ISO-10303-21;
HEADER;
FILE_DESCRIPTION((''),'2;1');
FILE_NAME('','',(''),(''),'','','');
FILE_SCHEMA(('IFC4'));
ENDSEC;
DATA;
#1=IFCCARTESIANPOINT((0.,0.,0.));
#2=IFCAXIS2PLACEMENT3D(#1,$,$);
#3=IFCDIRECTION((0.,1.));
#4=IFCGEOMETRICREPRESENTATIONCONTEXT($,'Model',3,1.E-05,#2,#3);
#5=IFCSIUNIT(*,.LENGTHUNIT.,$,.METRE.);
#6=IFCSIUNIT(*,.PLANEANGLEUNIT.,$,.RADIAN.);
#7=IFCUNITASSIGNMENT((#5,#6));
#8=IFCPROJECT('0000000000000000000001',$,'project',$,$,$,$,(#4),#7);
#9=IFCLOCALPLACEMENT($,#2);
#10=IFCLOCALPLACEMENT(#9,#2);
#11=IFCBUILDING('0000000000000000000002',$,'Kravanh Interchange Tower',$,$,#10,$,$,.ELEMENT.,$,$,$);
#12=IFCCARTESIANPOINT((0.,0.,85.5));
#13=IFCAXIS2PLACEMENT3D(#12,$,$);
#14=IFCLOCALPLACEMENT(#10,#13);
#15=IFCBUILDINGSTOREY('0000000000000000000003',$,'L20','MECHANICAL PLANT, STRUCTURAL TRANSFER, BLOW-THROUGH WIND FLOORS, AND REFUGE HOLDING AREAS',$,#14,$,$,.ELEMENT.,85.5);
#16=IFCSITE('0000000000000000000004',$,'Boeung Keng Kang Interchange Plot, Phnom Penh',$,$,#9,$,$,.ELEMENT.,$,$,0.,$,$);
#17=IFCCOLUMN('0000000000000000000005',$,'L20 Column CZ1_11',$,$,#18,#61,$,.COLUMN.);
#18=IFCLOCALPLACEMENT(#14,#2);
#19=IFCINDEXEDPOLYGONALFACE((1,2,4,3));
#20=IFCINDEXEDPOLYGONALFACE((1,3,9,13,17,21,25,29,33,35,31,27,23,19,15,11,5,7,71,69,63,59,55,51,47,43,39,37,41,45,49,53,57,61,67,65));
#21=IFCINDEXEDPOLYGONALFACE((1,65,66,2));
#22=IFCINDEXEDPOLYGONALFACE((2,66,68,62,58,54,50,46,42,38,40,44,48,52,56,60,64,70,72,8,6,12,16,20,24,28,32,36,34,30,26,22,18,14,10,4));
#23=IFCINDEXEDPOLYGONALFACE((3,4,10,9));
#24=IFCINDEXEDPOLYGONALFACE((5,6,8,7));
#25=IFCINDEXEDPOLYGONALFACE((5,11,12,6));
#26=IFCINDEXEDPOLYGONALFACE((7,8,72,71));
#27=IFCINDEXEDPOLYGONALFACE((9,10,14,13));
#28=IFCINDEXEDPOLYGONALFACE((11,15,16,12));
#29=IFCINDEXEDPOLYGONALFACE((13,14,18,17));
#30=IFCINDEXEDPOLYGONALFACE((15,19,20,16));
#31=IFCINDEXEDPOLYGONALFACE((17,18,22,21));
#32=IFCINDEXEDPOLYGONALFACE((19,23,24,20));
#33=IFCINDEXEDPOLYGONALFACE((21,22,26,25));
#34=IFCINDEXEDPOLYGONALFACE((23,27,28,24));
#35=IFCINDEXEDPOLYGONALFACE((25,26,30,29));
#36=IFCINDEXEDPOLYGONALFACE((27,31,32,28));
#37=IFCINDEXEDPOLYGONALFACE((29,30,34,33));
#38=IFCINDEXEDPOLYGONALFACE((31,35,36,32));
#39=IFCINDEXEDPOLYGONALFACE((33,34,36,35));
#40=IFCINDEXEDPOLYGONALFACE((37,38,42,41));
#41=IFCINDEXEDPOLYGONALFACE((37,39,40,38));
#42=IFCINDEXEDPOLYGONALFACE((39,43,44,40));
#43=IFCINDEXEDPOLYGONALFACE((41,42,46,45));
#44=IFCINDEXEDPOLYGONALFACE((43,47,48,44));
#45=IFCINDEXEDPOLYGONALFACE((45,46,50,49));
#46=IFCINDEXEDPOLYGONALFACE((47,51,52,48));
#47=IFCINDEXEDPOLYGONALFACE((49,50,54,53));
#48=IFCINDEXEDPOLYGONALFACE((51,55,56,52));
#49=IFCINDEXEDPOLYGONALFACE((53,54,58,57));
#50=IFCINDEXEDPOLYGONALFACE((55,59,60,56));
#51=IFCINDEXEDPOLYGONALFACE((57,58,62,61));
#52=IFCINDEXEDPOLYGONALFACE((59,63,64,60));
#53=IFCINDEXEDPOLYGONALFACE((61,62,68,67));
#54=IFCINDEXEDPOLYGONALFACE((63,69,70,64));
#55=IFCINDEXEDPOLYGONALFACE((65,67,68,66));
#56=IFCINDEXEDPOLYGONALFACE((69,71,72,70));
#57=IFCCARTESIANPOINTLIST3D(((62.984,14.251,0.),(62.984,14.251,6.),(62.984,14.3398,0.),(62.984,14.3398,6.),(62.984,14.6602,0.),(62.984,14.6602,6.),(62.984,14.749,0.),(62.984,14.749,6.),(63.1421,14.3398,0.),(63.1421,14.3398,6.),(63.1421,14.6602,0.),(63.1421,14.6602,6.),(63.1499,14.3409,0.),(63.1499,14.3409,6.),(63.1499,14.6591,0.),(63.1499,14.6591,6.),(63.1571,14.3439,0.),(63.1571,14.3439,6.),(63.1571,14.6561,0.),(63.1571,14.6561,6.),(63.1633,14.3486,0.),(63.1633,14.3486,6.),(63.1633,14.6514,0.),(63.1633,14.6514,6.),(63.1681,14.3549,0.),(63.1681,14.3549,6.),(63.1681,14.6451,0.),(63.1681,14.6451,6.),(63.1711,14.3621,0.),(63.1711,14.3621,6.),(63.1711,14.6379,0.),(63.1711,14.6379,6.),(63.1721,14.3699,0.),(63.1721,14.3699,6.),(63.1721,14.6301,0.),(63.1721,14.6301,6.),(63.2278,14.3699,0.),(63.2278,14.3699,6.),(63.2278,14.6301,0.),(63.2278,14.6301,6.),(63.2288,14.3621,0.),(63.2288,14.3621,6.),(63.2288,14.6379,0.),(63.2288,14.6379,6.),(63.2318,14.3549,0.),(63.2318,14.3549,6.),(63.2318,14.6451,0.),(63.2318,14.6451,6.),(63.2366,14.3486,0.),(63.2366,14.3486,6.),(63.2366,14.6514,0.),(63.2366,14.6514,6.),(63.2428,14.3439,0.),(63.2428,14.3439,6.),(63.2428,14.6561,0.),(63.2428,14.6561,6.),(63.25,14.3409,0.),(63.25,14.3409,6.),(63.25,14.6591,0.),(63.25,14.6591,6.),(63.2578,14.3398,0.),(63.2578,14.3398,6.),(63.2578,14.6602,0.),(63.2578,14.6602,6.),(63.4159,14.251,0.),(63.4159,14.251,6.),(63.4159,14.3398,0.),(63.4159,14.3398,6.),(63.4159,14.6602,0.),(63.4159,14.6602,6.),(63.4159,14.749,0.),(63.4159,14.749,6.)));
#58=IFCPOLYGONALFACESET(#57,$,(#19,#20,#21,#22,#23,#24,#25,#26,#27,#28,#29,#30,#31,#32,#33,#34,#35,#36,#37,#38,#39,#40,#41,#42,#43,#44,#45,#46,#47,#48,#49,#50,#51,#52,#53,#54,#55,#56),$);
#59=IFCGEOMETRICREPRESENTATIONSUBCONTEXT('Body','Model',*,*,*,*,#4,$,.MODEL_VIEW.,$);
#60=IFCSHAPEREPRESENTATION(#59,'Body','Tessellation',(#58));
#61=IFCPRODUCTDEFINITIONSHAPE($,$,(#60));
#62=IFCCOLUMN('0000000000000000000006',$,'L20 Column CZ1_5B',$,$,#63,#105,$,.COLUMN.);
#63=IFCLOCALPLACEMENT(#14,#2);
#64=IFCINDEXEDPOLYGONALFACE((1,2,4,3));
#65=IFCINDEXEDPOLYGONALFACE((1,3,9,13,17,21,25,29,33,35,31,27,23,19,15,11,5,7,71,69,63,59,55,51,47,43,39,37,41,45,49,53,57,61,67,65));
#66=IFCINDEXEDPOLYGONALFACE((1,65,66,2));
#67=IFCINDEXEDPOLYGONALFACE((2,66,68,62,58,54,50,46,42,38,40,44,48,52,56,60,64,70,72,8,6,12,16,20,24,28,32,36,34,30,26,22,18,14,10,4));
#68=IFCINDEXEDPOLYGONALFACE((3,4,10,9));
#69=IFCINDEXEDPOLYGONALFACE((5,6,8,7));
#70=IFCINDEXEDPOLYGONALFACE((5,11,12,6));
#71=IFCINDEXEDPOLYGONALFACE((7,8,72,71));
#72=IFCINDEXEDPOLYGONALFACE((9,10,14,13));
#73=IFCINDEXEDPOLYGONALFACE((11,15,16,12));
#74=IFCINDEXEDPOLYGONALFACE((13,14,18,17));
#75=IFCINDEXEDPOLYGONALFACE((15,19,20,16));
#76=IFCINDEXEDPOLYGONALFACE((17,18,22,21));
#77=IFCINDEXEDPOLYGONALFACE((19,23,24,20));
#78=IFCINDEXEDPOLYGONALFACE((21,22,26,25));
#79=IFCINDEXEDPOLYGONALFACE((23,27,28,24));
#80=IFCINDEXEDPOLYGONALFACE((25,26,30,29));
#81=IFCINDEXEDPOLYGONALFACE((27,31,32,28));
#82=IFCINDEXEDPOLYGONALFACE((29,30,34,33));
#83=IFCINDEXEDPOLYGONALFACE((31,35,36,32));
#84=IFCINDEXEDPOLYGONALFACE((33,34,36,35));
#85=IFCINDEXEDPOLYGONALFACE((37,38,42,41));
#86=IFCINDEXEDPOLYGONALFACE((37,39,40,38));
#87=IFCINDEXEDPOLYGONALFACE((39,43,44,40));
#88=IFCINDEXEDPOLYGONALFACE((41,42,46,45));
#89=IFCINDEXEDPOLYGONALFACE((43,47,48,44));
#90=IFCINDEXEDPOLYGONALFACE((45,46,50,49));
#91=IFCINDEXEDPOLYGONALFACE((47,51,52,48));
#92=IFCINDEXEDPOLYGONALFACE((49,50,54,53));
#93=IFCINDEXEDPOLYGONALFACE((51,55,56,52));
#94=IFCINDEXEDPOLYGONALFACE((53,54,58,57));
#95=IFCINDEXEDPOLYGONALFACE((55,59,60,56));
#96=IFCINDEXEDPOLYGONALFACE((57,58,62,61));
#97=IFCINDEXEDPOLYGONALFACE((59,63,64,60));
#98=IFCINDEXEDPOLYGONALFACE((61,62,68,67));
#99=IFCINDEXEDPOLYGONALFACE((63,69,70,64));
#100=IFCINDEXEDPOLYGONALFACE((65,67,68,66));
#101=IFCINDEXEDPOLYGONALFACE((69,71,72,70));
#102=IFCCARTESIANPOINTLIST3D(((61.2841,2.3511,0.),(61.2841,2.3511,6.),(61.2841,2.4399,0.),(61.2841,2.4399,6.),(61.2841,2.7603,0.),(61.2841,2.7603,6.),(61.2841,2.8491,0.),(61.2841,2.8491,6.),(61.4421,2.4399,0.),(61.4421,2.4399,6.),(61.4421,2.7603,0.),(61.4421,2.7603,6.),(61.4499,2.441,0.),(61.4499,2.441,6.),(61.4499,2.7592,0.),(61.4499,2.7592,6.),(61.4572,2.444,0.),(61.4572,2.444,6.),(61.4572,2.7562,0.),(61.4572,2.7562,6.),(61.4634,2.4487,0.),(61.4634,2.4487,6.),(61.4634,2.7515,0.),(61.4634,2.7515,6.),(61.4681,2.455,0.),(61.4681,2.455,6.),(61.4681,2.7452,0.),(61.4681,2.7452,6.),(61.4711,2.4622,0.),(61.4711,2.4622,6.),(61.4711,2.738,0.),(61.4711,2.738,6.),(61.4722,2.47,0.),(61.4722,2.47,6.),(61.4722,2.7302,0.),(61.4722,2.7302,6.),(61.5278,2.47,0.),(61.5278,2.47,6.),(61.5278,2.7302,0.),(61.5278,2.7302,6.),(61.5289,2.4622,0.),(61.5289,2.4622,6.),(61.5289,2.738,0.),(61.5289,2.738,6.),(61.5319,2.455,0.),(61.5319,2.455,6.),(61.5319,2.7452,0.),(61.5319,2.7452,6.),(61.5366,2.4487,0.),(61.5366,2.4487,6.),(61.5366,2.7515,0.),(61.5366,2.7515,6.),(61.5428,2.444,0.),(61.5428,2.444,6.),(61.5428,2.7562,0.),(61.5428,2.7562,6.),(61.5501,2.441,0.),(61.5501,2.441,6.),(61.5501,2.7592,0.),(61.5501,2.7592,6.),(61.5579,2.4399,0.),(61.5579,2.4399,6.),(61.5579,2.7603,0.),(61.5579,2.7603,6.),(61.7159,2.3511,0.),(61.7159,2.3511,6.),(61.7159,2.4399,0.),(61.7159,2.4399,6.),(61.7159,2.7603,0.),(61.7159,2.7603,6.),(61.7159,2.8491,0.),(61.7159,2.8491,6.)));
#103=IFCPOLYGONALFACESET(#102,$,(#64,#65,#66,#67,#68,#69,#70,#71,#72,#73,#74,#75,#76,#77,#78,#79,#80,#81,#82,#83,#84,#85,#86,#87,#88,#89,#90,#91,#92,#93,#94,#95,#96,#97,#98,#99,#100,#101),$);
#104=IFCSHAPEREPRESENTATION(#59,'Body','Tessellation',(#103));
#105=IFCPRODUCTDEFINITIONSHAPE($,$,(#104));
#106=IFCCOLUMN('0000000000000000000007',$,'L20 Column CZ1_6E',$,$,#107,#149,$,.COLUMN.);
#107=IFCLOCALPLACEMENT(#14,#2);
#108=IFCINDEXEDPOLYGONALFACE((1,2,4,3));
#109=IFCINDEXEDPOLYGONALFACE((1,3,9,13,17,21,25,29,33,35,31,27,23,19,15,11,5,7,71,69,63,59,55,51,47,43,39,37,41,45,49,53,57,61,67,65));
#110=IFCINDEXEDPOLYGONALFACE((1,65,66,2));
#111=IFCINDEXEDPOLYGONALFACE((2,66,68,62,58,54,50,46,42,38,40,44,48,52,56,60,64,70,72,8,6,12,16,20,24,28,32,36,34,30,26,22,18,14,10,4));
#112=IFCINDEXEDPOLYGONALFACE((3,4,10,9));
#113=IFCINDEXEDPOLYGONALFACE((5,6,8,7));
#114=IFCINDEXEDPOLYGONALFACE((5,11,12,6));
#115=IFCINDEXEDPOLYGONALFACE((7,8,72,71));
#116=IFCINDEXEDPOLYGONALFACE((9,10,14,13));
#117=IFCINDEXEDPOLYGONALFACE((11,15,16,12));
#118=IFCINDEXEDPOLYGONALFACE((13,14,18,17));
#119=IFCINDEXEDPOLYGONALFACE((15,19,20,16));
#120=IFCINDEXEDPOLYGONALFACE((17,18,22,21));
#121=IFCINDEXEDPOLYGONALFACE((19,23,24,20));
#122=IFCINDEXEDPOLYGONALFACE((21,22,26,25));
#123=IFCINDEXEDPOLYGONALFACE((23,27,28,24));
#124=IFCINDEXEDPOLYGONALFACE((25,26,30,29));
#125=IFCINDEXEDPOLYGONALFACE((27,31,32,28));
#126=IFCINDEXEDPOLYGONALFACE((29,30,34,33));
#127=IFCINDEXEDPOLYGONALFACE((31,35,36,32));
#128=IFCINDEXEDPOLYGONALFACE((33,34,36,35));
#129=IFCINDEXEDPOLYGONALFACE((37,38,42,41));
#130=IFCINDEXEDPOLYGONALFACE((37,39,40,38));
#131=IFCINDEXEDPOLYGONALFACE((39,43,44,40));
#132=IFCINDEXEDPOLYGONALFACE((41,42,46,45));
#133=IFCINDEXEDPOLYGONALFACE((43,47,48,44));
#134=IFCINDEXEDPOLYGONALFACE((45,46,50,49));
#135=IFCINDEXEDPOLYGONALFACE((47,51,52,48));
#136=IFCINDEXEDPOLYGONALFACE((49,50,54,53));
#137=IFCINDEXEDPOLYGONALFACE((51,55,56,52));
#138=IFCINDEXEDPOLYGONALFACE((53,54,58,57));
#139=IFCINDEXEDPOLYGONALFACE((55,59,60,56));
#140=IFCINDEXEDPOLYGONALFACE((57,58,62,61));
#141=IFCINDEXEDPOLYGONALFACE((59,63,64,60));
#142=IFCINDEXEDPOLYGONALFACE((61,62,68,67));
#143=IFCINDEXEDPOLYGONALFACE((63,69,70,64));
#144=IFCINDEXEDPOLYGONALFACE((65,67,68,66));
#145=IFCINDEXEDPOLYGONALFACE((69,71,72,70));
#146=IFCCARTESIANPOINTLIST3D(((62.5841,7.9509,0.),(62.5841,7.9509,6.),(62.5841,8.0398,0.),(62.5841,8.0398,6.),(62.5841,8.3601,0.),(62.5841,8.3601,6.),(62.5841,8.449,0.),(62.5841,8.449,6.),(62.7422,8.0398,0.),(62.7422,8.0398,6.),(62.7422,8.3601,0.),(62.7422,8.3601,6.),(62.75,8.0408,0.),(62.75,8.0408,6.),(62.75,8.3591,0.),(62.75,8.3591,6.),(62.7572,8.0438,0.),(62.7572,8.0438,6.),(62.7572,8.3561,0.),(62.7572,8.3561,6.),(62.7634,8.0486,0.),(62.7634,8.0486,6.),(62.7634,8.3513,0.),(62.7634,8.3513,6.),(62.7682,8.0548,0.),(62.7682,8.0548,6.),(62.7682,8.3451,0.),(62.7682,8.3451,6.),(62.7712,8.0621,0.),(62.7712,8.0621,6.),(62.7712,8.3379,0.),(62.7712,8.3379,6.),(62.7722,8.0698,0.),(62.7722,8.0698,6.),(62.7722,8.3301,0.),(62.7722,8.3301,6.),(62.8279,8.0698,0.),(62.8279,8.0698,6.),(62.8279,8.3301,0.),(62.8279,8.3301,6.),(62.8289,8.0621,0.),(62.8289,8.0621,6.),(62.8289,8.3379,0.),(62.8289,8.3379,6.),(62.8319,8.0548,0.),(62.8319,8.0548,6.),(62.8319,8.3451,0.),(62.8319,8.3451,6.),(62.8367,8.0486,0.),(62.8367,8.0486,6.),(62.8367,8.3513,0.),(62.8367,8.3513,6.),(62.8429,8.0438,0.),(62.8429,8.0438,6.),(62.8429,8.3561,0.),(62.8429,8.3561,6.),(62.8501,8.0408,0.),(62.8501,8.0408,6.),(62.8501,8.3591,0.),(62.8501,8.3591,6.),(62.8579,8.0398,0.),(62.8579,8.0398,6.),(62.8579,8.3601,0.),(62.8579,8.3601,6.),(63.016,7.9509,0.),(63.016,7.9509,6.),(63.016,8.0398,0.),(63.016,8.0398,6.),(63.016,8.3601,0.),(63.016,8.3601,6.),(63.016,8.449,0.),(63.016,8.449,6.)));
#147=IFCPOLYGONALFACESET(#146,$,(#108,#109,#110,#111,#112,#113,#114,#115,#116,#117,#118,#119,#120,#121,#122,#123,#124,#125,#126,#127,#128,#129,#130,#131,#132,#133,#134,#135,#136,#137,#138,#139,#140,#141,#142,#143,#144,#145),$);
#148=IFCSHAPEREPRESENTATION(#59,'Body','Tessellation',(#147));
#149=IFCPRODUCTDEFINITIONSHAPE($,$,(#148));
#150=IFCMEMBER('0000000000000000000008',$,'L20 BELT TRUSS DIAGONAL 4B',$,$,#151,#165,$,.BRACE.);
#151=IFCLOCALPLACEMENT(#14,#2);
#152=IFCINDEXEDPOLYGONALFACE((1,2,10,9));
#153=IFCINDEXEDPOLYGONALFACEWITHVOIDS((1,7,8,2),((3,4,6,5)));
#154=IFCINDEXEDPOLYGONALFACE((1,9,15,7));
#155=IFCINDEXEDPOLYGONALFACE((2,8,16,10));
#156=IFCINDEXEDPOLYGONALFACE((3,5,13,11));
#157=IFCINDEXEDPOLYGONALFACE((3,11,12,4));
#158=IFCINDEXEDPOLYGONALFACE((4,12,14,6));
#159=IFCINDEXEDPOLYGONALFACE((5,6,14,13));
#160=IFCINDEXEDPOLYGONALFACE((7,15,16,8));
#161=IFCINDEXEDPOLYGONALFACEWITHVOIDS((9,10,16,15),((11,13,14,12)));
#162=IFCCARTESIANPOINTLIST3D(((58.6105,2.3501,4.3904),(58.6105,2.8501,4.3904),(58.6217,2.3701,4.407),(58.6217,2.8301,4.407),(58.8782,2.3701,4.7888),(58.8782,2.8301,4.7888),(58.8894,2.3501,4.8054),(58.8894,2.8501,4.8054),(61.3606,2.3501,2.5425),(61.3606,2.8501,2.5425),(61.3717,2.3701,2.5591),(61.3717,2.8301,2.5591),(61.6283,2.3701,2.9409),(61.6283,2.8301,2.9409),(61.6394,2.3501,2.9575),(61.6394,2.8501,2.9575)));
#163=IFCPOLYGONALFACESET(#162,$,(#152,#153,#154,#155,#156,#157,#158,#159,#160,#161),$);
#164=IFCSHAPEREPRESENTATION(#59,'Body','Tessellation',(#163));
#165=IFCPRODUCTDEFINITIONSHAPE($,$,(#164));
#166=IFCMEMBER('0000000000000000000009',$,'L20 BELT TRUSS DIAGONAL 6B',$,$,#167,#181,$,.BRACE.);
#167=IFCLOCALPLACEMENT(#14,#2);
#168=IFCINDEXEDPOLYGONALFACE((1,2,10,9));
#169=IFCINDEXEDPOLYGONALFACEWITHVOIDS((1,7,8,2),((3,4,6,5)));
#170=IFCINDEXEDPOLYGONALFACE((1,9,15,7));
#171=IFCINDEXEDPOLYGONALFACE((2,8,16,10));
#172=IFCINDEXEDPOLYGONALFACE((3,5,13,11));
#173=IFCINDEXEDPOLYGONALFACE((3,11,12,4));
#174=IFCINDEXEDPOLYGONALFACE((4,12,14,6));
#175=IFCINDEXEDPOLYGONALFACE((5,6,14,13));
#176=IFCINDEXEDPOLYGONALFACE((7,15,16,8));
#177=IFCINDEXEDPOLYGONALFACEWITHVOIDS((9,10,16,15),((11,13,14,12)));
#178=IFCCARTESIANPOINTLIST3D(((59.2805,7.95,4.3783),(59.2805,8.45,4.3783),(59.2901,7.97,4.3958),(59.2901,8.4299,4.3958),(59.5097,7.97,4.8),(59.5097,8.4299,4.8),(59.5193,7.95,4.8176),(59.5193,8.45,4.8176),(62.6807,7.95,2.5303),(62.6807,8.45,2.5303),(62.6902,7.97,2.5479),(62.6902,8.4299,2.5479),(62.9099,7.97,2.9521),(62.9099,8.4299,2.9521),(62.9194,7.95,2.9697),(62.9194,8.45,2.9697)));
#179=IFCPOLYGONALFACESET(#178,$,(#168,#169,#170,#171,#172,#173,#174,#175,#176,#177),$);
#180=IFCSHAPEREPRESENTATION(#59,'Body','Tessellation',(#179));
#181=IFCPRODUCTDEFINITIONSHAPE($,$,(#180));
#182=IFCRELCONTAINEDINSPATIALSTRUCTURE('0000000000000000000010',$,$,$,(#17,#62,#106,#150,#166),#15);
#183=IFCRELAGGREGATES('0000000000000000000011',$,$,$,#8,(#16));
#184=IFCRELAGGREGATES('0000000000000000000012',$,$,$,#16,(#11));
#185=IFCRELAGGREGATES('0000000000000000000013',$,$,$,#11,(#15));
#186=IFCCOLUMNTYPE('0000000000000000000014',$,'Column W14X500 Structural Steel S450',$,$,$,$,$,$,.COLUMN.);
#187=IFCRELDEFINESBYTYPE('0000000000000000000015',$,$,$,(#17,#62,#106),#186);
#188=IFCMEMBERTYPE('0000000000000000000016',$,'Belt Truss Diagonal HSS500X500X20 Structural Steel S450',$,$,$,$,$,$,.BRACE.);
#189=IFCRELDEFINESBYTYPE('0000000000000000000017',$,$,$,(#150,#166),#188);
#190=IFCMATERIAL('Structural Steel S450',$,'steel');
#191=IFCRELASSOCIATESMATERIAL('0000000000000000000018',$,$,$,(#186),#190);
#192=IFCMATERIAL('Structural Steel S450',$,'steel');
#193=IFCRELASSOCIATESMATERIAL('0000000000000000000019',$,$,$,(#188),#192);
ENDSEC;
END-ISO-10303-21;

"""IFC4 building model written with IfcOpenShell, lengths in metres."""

from ifc_helpers import new_model, si_unit, direction, frame, origin, origin_2d, place, context, subcontext, project, spatial, hollow_rectangle, i_section, extrude, material, material_profile, profile_set, type_object, element, save


model = new_model("IFC4")

# Units and contexts
model_context = context("Model", 3, precision=1e-05, world=origin(), true_north=direction((0.0, 1.0)))
body_context = subcontext(model_context, "Body", "Model", "MODEL_VIEW")
ifc_project = project(units=[si_unit("LENGTHUNIT", "METRE"), si_unit("PLANEANGLEUNIT", "RADIAN")], contexts=[model_context])

# Site, building, storey
site_placement = place(None, origin())
site = spatial("IfcSite", under=ifc_project, at=site_placement, Name="Boeung Keng Kang Interchange Plot, Phnom Penh", CompositionType="ELEMENT", RefElevation=0.0)
building_placement = place(site_placement, origin())
building = spatial("IfcBuilding", under=site, at=building_placement, Name="Kravanh Interchange Tower", CompositionType="ELEMENT")
storey_placement = place(building_placement, frame((0.0, 0.0, 85.5)))
storey = spatial("IfcBuildingStorey", under=building, at=storey_placement, Name="L20", Description="MECHANICAL PLANT, STRUCTURAL TRANSFER, BLOW-THROUGH WIND FLOORS, AND REFUGE HOLDING AREAS", CompositionType="ELEMENT", Elevation=85.5)

# Columns
ifc_material_1 = material(Name="Structural Steel S450", Category="steel")
ifc_material_profile_1 = material_profile(ifc_material_1, i_section(OverallWidth=0.4319, OverallDepth=0.498, WebThickness=0.0557, FlangeThickness=0.0889, FilletRadius=0.03, at=origin_2d()), Name="W14X500")
ifc_profile_set_1 = profile_set([ifc_material_profile_1], Name="Structural Steel S450")
column_type = type_object("IfcColumnType", Name="Column W14X500 Structural Steel S450", PredefinedType="COLUMN", material=ifc_profile_set_1)
for number, where, z_axis, x_axis, name in (
    (1, (63.2, 14.5, 0.0), (0.0, 0.0, 1.0), (1.0, 0.0, 0.0), "L20 Column CZ1_11"),
    (2, (61.5, 2.6001, 0.0), (0.0, 0.0, 1.0), (1.0, 0.0, 0.0), "L20 Column CZ1_5B"),
    (3, (62.8, 8.2, 0.0), (0.0, 0.0, 1.0), (1.0, 0.0, 0.0), "L20 Column CZ1_6E"),
):
    element("IfcColumn", number, at=place(storey_placement, frame(where, z_axis=z_axis, x_axis=x_axis)), inside=storey, type_object=column_type, Name=name, PredefinedType="COLUMN", context=body_context, shape_type="SweptSolid", body=[
        extrude(i_section(OverallWidth=0.4319, OverallDepth=0.498, WebThickness=0.0557, FlangeThickness=0.0889, FilletRadius=0.03, at=origin_2d()), origin(), (0.0, 0.0, 1.0), 6.0),
    ])

# Members
ifc_material_2 = material(Name="Structural Steel S450", Category="steel")
ifc_material_profile_2 = material_profile(ifc_material_2, hollow_rectangle(XDim=0.5, YDim=0.5, WallThickness=0.02, at=origin_2d()), Name="HSS500X500X20")
ifc_profile_set_2 = profile_set([ifc_material_profile_2], Name="Structural Steel S450")
member_type = type_object("IfcMemberType", Name="Belt Truss Diagonal HSS500X500X20 Structural Steel S450", PredefinedType="BRACE", material=ifc_profile_set_2)
member_1_placement = place(storey_placement, frame((61.5, 2.6001, 2.75), z_axis=(-0.830015, 0.0, 0.55774), x_axis=(0.0, -1.0, 0.0)))
element("IfcMember", 4, at=member_1_placement, inside=storey, type_object=member_type, Name="L20 BELT TRUSS DIAGONAL 4B", PredefinedType="BRACE", context=body_context, shape_type="SweptSolid", body=[
    extrude(hollow_rectangle(XDim=0.5, YDim=0.5, WallThickness=0.02, at=origin_2d()), origin(), (0.0, 0.0, 1.0), 3.3132),
])
member_2_placement = place(storey_placement, frame((62.8, 8.2, 2.75), z_axis=(-0.878625, 0.0, 0.477512), x_axis=(0.0, -1.0, 0.0)))
element("IfcMember", 5, at=member_2_placement, inside=storey, type_object=member_type, Name="L20 BELT TRUSS DIAGONAL 6B", PredefinedType="BRACE", context=body_context, shape_type="SweptSolid", body=[
    extrude(hollow_rectangle(XDim=0.5, YDim=0.5, WallThickness=0.02, at=origin_2d()), origin(), (0.0, 0.0, 1.0), 3.8699),
])

save(model, "model.ifc")
